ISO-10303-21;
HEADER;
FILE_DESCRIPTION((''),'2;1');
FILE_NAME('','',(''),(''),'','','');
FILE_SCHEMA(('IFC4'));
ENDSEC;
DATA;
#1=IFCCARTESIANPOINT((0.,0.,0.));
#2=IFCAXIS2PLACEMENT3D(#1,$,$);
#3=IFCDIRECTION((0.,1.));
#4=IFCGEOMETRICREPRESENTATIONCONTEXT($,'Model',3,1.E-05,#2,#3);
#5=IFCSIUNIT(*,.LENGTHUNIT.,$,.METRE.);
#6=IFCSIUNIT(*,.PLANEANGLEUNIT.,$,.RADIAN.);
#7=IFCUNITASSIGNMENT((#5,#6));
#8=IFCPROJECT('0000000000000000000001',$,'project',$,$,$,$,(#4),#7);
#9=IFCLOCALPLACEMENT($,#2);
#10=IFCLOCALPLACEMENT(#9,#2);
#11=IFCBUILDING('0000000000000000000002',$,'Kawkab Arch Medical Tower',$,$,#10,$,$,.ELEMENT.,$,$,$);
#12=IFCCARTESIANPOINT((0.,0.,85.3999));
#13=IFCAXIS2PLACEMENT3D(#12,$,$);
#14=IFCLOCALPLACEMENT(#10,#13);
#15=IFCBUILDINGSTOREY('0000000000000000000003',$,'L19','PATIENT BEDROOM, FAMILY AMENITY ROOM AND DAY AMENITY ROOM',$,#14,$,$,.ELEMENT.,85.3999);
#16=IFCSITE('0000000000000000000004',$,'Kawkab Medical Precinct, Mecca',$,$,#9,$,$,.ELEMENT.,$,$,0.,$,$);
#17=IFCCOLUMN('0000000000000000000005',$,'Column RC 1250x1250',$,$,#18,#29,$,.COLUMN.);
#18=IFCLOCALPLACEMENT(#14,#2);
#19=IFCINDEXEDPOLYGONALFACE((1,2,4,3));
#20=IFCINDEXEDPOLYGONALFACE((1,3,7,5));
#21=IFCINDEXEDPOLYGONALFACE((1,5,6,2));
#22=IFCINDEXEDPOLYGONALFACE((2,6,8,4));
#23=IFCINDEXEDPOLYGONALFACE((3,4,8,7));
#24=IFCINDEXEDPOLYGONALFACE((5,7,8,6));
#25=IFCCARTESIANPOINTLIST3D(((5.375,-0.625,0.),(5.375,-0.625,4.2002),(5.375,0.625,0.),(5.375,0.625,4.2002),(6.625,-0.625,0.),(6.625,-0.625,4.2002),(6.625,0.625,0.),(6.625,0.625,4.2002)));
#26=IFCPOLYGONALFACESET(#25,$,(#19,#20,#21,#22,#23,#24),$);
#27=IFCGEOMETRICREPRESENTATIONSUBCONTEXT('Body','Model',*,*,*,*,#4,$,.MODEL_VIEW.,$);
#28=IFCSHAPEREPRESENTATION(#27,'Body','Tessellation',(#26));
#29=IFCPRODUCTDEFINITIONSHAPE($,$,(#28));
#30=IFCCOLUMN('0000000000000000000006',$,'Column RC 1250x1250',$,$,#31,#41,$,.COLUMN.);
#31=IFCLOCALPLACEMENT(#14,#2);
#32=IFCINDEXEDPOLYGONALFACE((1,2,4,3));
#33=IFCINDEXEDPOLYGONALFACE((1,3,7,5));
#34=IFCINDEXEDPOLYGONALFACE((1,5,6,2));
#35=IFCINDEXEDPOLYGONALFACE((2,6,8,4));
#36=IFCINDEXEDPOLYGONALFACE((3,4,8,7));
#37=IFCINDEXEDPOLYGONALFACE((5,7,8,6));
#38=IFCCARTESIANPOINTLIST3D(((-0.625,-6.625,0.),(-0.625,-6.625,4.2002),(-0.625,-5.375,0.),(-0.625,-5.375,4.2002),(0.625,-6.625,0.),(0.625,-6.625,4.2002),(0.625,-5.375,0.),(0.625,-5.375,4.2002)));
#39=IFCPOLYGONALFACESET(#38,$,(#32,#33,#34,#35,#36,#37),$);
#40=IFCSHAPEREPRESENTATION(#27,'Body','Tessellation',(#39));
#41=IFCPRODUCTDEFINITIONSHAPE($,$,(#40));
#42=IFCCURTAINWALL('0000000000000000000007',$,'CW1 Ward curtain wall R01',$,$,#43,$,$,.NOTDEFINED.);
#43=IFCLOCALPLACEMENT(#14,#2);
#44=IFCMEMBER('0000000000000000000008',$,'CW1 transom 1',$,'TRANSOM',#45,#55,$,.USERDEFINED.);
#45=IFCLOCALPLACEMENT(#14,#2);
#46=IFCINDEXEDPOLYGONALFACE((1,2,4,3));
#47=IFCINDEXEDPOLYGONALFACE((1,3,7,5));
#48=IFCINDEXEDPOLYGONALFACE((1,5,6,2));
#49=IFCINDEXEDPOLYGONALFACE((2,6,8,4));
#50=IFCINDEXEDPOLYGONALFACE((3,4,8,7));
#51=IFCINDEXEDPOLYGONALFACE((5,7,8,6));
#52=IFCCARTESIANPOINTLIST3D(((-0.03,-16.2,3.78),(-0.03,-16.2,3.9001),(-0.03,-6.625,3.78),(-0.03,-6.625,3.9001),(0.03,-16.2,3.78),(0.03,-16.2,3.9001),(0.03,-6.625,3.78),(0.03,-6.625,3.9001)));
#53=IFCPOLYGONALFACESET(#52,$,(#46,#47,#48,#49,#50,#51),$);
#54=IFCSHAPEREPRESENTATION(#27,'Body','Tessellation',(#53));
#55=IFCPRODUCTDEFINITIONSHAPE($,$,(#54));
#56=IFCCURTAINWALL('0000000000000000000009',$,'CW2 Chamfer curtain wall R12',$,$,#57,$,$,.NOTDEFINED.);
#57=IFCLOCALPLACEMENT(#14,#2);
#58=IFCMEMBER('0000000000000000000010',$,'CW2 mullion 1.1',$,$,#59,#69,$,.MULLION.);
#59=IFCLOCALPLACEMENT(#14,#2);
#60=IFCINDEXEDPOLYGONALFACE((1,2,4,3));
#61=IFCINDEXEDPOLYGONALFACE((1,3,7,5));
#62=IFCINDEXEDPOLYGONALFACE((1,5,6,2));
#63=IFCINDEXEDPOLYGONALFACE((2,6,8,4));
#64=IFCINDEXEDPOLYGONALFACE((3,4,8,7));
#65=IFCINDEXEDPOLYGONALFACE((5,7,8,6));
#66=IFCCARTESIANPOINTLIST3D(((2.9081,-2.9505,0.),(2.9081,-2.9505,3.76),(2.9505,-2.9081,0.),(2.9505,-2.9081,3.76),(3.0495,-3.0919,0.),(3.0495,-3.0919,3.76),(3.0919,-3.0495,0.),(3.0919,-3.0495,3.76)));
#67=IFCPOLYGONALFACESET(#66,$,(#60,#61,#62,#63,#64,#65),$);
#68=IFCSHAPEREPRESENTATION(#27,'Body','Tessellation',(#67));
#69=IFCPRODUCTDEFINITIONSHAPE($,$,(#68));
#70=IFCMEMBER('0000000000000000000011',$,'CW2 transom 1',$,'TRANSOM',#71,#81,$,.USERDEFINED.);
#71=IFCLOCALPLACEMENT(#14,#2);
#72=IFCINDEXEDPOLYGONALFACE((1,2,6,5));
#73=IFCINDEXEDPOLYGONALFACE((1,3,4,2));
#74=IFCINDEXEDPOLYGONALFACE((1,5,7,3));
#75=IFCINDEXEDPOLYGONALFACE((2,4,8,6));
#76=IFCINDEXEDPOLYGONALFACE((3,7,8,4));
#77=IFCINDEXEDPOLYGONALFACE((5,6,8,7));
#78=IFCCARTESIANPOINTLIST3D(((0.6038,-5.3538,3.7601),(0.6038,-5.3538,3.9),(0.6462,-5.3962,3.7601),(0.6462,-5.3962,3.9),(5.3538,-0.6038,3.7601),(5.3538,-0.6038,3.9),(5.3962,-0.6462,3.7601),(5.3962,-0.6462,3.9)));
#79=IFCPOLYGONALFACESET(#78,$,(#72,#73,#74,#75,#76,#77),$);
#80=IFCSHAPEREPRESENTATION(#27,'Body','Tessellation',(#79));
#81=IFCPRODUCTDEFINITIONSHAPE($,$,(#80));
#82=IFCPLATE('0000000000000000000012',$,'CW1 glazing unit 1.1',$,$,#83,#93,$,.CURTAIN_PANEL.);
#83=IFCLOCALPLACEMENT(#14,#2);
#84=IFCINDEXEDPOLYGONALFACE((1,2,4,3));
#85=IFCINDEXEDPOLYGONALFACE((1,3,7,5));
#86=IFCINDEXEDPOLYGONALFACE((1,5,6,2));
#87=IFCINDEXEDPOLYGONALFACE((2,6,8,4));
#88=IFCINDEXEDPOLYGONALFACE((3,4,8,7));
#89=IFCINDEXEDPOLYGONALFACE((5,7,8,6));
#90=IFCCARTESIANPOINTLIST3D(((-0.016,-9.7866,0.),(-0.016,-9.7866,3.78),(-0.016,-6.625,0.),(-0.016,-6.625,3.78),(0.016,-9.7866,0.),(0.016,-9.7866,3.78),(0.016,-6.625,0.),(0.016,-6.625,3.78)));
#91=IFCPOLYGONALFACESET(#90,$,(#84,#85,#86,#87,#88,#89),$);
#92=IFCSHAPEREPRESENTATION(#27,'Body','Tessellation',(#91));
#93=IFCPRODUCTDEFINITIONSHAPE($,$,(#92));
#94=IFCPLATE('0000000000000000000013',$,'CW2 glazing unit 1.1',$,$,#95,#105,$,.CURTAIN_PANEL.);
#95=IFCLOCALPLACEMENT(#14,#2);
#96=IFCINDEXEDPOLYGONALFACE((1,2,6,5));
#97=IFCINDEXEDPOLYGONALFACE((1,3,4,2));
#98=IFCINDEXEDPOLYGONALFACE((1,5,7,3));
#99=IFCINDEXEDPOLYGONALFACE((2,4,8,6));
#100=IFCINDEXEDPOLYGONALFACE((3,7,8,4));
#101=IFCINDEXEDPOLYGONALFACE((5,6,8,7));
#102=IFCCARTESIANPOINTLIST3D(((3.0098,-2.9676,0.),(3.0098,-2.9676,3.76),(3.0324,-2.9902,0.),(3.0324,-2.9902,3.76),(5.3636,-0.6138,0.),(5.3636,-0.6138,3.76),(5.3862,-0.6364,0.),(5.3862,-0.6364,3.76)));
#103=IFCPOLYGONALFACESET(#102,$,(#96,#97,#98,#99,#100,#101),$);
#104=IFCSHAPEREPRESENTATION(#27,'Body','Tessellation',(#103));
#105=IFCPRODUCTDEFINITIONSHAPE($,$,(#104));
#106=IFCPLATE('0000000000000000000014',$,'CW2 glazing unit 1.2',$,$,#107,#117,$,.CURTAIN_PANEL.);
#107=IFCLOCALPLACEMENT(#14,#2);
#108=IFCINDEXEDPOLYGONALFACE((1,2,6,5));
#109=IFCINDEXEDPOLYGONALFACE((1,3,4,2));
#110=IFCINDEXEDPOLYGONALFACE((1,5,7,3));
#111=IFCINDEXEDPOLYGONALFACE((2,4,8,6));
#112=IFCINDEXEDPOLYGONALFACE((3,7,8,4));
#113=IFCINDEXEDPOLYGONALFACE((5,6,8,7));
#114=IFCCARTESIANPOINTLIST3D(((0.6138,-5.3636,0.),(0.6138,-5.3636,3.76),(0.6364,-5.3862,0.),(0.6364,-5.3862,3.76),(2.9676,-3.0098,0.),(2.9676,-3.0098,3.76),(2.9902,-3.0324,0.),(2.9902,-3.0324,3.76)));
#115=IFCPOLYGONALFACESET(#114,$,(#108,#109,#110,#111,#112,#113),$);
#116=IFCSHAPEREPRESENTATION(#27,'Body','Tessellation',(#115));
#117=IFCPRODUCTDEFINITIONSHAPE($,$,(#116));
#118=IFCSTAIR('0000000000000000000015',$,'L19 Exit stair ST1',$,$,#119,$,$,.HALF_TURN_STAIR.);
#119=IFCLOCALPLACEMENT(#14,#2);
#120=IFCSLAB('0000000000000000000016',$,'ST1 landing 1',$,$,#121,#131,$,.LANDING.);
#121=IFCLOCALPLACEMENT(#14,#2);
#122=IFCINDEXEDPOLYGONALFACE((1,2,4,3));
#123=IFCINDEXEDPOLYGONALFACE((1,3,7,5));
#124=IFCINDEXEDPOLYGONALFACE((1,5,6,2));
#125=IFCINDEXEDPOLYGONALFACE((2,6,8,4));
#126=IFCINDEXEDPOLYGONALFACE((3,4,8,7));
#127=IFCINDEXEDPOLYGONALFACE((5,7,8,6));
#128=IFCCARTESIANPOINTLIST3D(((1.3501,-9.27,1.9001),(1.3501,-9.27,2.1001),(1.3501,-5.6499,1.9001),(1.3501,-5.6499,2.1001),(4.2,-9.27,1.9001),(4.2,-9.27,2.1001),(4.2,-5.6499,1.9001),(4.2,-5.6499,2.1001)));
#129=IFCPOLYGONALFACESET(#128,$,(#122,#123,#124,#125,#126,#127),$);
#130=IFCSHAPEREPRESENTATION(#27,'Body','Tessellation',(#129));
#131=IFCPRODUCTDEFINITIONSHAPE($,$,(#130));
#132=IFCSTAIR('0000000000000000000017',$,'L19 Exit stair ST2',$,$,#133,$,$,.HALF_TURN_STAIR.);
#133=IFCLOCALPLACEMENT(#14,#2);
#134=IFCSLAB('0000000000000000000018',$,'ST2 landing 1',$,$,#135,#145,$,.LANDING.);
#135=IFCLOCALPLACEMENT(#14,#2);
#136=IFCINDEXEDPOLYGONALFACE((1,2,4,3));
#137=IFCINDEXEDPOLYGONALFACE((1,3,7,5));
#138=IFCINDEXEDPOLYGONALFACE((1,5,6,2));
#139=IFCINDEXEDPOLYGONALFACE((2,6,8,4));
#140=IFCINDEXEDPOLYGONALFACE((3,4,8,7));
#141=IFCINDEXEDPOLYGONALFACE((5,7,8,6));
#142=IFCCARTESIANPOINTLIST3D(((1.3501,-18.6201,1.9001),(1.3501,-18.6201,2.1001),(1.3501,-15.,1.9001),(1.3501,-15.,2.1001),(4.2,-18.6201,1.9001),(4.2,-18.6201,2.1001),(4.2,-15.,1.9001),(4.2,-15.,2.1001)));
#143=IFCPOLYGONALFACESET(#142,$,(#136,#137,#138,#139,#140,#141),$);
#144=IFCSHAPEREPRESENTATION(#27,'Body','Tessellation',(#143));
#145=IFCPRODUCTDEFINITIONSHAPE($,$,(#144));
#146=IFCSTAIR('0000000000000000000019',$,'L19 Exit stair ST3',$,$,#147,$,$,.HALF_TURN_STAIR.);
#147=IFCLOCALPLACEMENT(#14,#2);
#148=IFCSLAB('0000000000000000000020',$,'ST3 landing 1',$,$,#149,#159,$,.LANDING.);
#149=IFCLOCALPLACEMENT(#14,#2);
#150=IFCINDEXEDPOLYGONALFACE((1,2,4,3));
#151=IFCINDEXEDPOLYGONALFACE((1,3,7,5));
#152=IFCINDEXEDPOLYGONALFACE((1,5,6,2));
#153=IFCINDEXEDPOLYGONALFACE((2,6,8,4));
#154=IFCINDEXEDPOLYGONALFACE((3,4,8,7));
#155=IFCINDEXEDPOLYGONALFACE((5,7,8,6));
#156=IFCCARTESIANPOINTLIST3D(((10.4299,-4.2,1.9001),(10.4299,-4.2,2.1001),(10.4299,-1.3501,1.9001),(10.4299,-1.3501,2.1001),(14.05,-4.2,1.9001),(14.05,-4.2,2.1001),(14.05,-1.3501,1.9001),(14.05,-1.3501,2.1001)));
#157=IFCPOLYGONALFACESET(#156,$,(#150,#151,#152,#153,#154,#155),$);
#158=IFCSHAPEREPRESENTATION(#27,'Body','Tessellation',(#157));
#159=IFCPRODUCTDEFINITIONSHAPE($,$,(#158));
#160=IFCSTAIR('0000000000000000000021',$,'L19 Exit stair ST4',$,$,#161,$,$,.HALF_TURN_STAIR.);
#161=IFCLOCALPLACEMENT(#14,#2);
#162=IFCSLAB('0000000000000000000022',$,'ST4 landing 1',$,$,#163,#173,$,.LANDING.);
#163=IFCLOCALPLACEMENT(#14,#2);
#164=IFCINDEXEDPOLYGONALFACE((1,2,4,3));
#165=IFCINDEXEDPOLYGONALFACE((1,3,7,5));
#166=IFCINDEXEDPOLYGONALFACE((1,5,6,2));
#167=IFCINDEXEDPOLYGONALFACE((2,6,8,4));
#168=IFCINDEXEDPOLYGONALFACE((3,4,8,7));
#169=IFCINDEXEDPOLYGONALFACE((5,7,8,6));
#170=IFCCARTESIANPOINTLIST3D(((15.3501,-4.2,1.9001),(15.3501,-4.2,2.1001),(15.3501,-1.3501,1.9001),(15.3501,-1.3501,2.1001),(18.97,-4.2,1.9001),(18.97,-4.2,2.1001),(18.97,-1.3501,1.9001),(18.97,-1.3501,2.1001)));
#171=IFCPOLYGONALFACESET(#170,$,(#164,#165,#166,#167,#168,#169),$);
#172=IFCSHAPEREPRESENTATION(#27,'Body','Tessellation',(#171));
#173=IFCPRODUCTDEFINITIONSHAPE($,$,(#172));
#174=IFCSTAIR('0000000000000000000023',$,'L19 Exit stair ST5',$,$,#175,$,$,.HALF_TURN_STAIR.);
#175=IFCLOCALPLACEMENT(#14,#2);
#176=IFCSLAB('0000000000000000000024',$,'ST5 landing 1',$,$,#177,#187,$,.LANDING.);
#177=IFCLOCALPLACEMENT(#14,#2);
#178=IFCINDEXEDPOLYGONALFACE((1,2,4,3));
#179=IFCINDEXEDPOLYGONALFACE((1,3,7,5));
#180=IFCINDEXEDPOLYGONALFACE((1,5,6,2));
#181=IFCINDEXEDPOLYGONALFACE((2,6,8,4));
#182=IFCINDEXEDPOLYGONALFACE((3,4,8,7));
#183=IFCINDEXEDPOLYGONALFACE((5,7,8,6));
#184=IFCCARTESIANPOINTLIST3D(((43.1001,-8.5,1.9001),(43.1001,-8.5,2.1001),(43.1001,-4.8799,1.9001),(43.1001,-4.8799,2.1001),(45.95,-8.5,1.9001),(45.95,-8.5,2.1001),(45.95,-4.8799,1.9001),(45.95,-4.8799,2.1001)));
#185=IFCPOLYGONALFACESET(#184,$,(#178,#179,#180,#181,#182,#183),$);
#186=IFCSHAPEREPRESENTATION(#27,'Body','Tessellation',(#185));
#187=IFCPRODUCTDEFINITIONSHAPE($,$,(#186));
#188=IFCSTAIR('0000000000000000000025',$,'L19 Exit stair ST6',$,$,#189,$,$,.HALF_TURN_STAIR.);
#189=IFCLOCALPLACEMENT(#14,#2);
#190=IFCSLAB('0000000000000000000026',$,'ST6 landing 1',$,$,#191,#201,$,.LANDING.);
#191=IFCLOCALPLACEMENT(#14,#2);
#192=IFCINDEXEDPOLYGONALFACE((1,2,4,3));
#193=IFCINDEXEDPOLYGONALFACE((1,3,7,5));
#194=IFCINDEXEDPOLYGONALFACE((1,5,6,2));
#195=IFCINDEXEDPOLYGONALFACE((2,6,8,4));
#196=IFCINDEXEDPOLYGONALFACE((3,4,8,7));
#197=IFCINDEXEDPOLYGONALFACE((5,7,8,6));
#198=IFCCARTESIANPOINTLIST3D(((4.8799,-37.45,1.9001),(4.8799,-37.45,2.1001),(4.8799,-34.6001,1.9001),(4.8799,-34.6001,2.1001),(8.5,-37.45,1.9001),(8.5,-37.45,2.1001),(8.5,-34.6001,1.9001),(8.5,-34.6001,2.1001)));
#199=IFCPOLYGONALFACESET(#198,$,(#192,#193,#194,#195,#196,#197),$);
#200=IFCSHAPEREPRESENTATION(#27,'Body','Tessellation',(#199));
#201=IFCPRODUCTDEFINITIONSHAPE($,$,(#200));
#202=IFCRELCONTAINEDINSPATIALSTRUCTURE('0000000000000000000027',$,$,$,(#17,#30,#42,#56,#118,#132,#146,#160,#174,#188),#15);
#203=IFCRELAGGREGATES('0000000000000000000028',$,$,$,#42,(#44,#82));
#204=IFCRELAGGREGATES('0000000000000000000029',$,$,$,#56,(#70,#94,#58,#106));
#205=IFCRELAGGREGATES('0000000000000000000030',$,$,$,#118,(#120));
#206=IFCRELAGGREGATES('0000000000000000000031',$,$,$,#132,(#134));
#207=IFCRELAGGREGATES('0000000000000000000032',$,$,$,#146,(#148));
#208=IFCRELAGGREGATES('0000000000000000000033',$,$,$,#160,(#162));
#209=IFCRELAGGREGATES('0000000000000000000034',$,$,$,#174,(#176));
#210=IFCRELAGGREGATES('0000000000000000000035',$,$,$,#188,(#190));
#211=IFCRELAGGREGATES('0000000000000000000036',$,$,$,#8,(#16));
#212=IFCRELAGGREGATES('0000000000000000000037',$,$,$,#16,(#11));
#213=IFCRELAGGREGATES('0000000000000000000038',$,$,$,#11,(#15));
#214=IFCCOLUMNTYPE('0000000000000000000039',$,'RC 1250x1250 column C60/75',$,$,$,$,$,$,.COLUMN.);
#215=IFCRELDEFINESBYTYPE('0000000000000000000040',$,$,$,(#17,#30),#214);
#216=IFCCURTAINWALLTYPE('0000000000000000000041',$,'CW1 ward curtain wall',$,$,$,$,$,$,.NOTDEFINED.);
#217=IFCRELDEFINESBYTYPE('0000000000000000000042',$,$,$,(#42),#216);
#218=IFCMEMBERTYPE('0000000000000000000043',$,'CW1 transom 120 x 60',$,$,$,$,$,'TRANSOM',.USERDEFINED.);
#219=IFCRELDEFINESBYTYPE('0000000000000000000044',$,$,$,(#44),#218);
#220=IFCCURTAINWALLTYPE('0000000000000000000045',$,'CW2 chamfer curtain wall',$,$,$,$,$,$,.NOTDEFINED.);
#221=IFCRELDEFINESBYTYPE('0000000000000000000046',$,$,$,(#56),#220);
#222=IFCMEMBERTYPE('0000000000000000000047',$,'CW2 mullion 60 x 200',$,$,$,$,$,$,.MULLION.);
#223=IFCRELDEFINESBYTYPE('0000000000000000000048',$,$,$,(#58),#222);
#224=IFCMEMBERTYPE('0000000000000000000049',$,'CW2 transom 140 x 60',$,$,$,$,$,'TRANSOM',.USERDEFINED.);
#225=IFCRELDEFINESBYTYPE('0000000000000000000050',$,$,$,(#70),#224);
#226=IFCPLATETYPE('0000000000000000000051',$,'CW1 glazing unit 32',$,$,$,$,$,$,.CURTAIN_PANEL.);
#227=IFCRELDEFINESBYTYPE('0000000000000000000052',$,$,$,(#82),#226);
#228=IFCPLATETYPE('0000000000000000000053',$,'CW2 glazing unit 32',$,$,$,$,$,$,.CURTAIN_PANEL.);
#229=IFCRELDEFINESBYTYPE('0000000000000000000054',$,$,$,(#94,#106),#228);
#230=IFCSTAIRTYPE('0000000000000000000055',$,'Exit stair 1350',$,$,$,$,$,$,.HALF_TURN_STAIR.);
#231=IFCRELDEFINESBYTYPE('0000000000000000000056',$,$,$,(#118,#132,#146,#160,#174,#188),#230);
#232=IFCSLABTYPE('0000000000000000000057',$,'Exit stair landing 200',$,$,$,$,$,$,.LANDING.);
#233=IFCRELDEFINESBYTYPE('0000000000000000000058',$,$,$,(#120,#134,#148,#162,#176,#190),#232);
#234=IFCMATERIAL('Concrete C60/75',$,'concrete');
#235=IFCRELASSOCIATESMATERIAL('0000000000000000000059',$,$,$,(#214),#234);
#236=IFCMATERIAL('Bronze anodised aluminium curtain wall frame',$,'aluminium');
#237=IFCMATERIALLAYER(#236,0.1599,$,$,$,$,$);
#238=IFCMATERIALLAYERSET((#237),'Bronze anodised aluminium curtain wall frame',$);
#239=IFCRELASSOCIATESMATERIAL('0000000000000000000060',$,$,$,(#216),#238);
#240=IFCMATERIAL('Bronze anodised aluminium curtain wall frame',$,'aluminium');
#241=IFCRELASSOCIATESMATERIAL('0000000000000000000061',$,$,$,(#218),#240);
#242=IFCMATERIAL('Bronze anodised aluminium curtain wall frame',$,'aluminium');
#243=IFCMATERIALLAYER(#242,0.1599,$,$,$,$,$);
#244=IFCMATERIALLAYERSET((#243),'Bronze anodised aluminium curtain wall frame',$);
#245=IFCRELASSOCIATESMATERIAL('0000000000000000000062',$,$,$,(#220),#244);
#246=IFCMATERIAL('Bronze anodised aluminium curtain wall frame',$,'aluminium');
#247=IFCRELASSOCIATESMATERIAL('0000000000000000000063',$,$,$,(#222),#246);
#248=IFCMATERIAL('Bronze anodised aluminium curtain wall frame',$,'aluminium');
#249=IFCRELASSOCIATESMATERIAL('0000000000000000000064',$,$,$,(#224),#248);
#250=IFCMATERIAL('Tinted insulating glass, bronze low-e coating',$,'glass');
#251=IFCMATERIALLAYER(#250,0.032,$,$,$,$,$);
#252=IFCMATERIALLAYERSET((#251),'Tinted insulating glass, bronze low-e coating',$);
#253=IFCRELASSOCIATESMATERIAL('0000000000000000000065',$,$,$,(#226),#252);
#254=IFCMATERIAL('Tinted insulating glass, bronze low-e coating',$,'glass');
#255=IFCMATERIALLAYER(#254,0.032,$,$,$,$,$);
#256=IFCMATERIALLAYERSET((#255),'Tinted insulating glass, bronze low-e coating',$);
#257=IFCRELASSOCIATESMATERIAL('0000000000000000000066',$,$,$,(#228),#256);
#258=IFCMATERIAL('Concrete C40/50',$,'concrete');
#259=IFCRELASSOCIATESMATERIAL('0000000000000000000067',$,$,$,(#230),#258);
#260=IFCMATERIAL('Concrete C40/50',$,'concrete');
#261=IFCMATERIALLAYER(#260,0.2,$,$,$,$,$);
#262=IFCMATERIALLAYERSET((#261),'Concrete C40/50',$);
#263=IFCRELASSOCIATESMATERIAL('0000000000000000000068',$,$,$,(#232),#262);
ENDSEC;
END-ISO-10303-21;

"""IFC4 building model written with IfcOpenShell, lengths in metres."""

from ifc_helpers import new_model, si_unit, direction, frame, origin, origin_2d, place, context, subcontext, project, spatial, polyline, rectangle, outline, extrude, material, layer, layer_set, material_profile, profile_set, type_object, element, aggregate, save


model = new_model("IFC4")

# Units and contexts
model_context = context("Model", 3, precision=1e-05, world=origin(), true_north=direction((0.0, 1.0)))
body_context = subcontext(model_context, "Body", "Model", "MODEL_VIEW")
ifc_project = project(units=[si_unit("LENGTHUNIT", "METRE"), si_unit("PLANEANGLEUNIT", "RADIAN")], contexts=[model_context])

# Site, building, storey
site_placement = place(None, origin())
site = spatial("IfcSite", under=ifc_project, at=site_placement, Name="Kawkab Medical Precinct, Mecca", CompositionType="ELEMENT", RefElevation=0.0)
building_placement = place(site_placement, origin())
building = spatial("IfcBuilding", under=site, at=building_placement, Name="Kawkab Arch Medical Tower", CompositionType="ELEMENT")
storey_placement = place(building_placement, frame((0.0, 0.0, 85.3999)))
storey = spatial("IfcBuildingStorey", under=building, at=storey_placement, Name="L19", Description="PATIENT BEDROOM, FAMILY AMENITY ROOM AND DAY AMENITY ROOM", CompositionType="ELEMENT", Elevation=85.3999)

# Columns
ifc_material_1 = material(Name="Concrete C60/75", Category="concrete")
ifc_material_profile_1 = material_profile(ifc_material_1, rectangle(XDim=1.25, YDim=1.25, at=origin_2d()), Name="RC 1250x1250")
ifc_profile_set_1 = profile_set([ifc_material_profile_1], Name="Concrete C60/75")
column_type = type_object("IfcColumnType", Name="RC 1250x1250 column C60/75", PredefinedType="COLUMN", material=ifc_profile_set_1)
for number, where, z_axis, x_axis, name in (
    (1, (6.0, 0.0, 0.0), (0.0, 0.0, 1.0), (1.0, 0.0, 0.0), "Column RC 1250x1250"),
    (2, (0.0, -6.0, 0.0), (0.0, 0.0, 1.0), (1.0, 0.0, 0.0), "Column RC 1250x1250"),
):
    element("IfcColumn", number, at=place(storey_placement, frame(where, z_axis=z_axis, x_axis=x_axis)), inside=storey, type_object=column_type, Name=name, PredefinedType="COLUMN", context=body_context, shape_type="SweptSolid", body=[
        extrude(rectangle(XDim=1.25, YDim=1.25, at=origin_2d()), origin(), (0.0, 0.0, 1.0), 4.2002),
    ])

# Curtain wall, member
ifc_material_2 = material(Name="Bronze anodised aluminium curtain wall frame", Category="aluminium")
ifc_layer_1 = layer(ifc_material_2, 0.1599)
ifc_layer_set_1 = layer_set([ifc_layer_1], Name="Bronze anodised aluminium curtain wall frame")
curtain_wall_type_1 = type_object("IfcCurtainWallType", Name="CW1 ward curtain wall", PredefinedType="NOTDEFINED", material=ifc_layer_set_1)
placement_1 = place(storey_placement, origin())
curtain_wall_1 = element("IfcCurtainWall", 3, at=placement_1, inside=storey, type_object=curtain_wall_type_1, Name="CW1 Ward curtain wall R01", PredefinedType="NOTDEFINED")
ifc_material_3 = material(Name="Bronze anodised aluminium curtain wall frame", Category="aluminium")
ifc_material_profile_2 = material_profile(ifc_material_3, rectangle(XDim=0.0601, YDim=0.1201, at=origin_2d()), Name="AL 60x120")
ifc_profile_set_2 = profile_set([ifc_material_profile_2], Name="Bronze anodised aluminium curtain wall frame")
member_type_1 = type_object("IfcMemberType", Name="CW1 transom 120 x 60", ElementType="TRANSOM", PredefinedType="USERDEFINED", material=ifc_profile_set_2)
member_1_placement = place(storey_placement, frame((0.0, -6.625, 3.8401), z_axis=(0.0, -1.0, 0.0), x_axis=(1.0, 0.0, 0.0)))
member_1 = element("IfcMember", 4, at=member_1_placement, type_object=member_type_1, Name="CW1 transom 1", ObjectType="TRANSOM", PredefinedType="USERDEFINED", context=body_context, shape_type="SweptSolid", body=[
    extrude(rectangle(XDim=0.0601, YDim=0.1201, at=origin_2d()), origin(), (0.0, 0.0, 1.0), 9.575),
])

# Curtain wall, members
ifc_material_4 = material(Name="Bronze anodised aluminium curtain wall frame", Category="aluminium")
ifc_layer_2 = layer(ifc_material_4, 0.1599)
ifc_layer_set_2 = layer_set([ifc_layer_2], Name="Bronze anodised aluminium curtain wall frame")
curtain_wall_type_2 = type_object("IfcCurtainWallType", Name="CW2 chamfer curtain wall", PredefinedType="NOTDEFINED", material=ifc_layer_set_2)
curtain_wall_2 = element("IfcCurtainWall", 5, at=placement_1, inside=storey, type_object=curtain_wall_type_2, Name="CW2 Chamfer curtain wall R12", PredefinedType="NOTDEFINED")
ifc_material_5 = material(Name="Bronze anodised aluminium curtain wall frame", Category="aluminium")
ifc_material_profile_3 = material_profile(ifc_material_5, rectangle(XDim=0.2, YDim=0.0601, at=origin_2d()), Name="AL 60x200")
ifc_profile_set_3 = profile_set([ifc_material_profile_3], Name="Bronze anodised aluminium curtain wall frame")
member_type_2 = type_object("IfcMemberType", Name="CW2 mullion 60 x 200", PredefinedType="MULLION", material=ifc_profile_set_3)
member_2_placement = place(storey_placement, frame((3.0, -3.0, 0.0), z_axis=(0.0, 0.0, 1.0), x_axis=(0.707107, -0.707107, 0.0)))
member_2 = element("IfcMember", 6, at=member_2_placement, type_object=member_type_2, Name="CW2 mullion 1.1", PredefinedType="MULLION", context=body_context, shape_type="SweptSolid", body=[
    extrude(rectangle(XDim=0.2, YDim=0.0601, at=origin_2d()), origin(), (0.0, 0.0, 1.0), 3.76),
])
ifc_material_6 = material(Name="Bronze anodised aluminium curtain wall frame", Category="aluminium")
ifc_material_profile_4 = material_profile(ifc_material_6, rectangle(XDim=0.0601, YDim=0.1399, at=origin_2d()), Name="AL 60x140")
ifc_profile_set_4 = profile_set([ifc_material_profile_4], Name="Bronze anodised aluminium curtain wall frame")
member_type_3 = type_object("IfcMemberType", Name="CW2 transom 140 x 60", ElementType="TRANSOM", PredefinedType="USERDEFINED", material=ifc_profile_set_4)
member_3_placement = place(storey_placement, frame((5.375, -0.625, 3.8301), z_axis=(-0.707107, -0.707107, 0.0), x_axis=(0.707107, -0.707107, 0.0)))
member_3 = element("IfcMember", 7, at=member_3_placement, type_object=member_type_3, Name="CW2 transom 1", ObjectType="TRANSOM", PredefinedType="USERDEFINED", context=body_context, shape_type="SweptSolid", body=[
    extrude(rectangle(XDim=0.0601, YDim=0.1399, at=origin_2d()), origin(), (0.0, 0.0, 1.0), 6.7175),
])

# Plates
ifc_material_7 = material(Name="Tinted insulating glass, bronze low-e coating", Category="glass")
ifc_layer_3 = layer(ifc_material_7, 0.032)
ifc_layer_set_3 = layer_set([ifc_layer_3], Name="Tinted insulating glass, bronze low-e coating")
plate_type_1 = type_object("IfcPlateType", Name="CW1 glazing unit 32", PredefinedType="CURTAIN_PANEL", material=ifc_layer_set_3)
plate_1_placement = place(storey_placement, frame((0.0, -8.2058, 0.0), z_axis=(0.0, 0.0, 1.0), x_axis=(0.0, -1.0, 0.0)))
plate_1 = element("IfcPlate", 8, at=plate_1_placement, type_object=plate_type_1, Name="CW1 glazing unit 1.1", PredefinedType="CURTAIN_PANEL", context=body_context, shape_type="SweptSolid", body=[
    extrude(rectangle(XDim=3.1616, YDim=0.032, at=origin_2d()), origin(), (0.0, 0.0, 1.0), 3.78),
])
aggregate(curtain_wall_1, [member_1, plate_1])
ifc_material_8 = material(Name="Tinted insulating glass, bronze low-e coating", Category="glass")
ifc_layer_4 = layer(ifc_material_8, 0.032)
ifc_layer_set_4 = layer_set([ifc_layer_4], Name="Tinted insulating glass, bronze low-e coating")
plate_type_2 = type_object("IfcPlateType", Name="CW2 glazing unit 32", PredefinedType="CURTAIN_PANEL", material=ifc_layer_set_4)
plate_2_placement = place(storey_placement, frame((4.198, -1.802, 0.0), z_axis=(0.0, 0.0, 1.0), x_axis=(-0.707107, -0.707107, 0.0)))
plate_2 = element("IfcPlate", 9, at=plate_2_placement, type_object=plate_type_2, Name="CW2 glazing unit 1.1", PredefinedType="CURTAIN_PANEL", context=body_context, shape_type="SweptSolid", body=[
    extrude(rectangle(XDim=3.3289, YDim=0.032, at=origin_2d()), origin(), (0.0, 0.0, 1.0), 3.76),
])
plate_3_placement = place(storey_placement, frame((1.802, -4.198, 0.0), z_axis=(0.0, 0.0, 1.0), x_axis=(-0.707107, -0.707107, 0.0)))
plate_3 = element("IfcPlate", 10, at=plate_3_placement, type_object=plate_type_2, Name="CW2 glazing unit 1.2", PredefinedType="CURTAIN_PANEL", context=body_context, shape_type="SweptSolid", body=[
    extrude(rectangle(XDim=3.3289, YDim=0.032, at=origin_2d()), origin(), (0.0, 0.0, 1.0), 3.76),
])
aggregate(curtain_wall_2, [member_3, plate_2, member_2, plate_3])

# Stairs, slabs
ifc_material_9 = material(Name="Concrete C40/50", Category="concrete")
stair_type = type_object("IfcStairType", Name="Exit stair 1350", PredefinedType="HALF_TURN_STAIR", material=ifc_material_9)
stair_1 = element("IfcStair", 11, at=placement_1, inside=storey, type_object=stair_type, Name="L19 Exit stair ST1", PredefinedType="HALF_TURN_STAIR")
ifc_material_10 = material(Name="Concrete C40/50", Category="concrete")
ifc_layer_5 = layer(ifc_material_10, 0.2)
ifc_layer_set_5 = layer_set([ifc_layer_5], Name="Concrete C40/50")
slab_type_1 = type_object("IfcSlabType", Name="Exit stair landing 200", PredefinedType="LANDING", material=ifc_layer_set_5)
placement_2 = place(storey_placement, frame((0.0, 0.0, 1.9001)))
slab_1 = element("IfcSlab", 12, at=placement_2, type_object=slab_type_1, Name="ST1 landing 1", PredefinedType="LANDING", context=body_context, shape_type="SweptSolid", body=[
    extrude(outline(polyline([(4.2, -9.27), (4.2, -5.6499), (1.3501, -5.6499), (1.3501, -9.27), (4.2, -9.27)])), origin(), (0.0, 0.0, 1.0), 0.2),
])
aggregate(stair_1, [slab_1])
stair_2 = element("IfcStair", 13, at=placement_1, inside=storey, type_object=stair_type, Name="L19 Exit stair ST2", PredefinedType="HALF_TURN_STAIR")
slab_2 = element("IfcSlab", 14, at=placement_2, type_object=slab_type_1, Name="ST2 landing 1", PredefinedType="LANDING", context=body_context, shape_type="SweptSolid", body=[
    extrude(outline(polyline([(4.2, -18.6201), (4.2, -15.0), (1.3501, -15.0), (1.3501, -18.6201), (4.2, -18.6201)])), origin(), (0.0, 0.0, 1.0), 0.2),
])
aggregate(stair_2, [slab_2])
stair_3 = element("IfcStair", 15, at=placement_1, inside=storey, type_object=stair_type, Name="L19 Exit stair ST3", PredefinedType="HALF_TURN_STAIR")
slab_3 = element("IfcSlab", 16, at=placement_2, type_object=slab_type_1, Name="ST3 landing 1", PredefinedType="LANDING", context=body_context, shape_type="SweptSolid", body=[
    extrude(outline(polyline([(10.4299, -4.2), (14.05, -4.2), (14.05, -1.3501), (10.4299, -1.3501), (10.4299, -4.2)])), origin(), (0.0, 0.0, 1.0), 0.2),
])
aggregate(stair_3, [slab_3])
stair_4 = element("IfcStair", 17, at=placement_1, inside=storey, type_object=stair_type, Name="L19 Exit stair ST4", PredefinedType="HALF_TURN_STAIR")
slab_4 = element("IfcSlab", 18, at=placement_2, type_object=slab_type_1, Name="ST4 landing 1", PredefinedType="LANDING", context=body_context, shape_type="SweptSolid", body=[
    extrude(outline(polyline([(18.97, -1.3501), (15.3501, -1.3501), (15.3501, -4.2), (18.97, -4.2), (18.97, -1.3501)])), origin(), (0.0, 0.0, 1.0), 0.2),
])
aggregate(stair_4, [slab_4])
stair_5 = element("IfcStair", 19, at=placement_1, inside=storey, type_object=stair_type, Name="L19 Exit stair ST5", PredefinedType="HALF_TURN_STAIR")
slab_5 = element("IfcSlab", 20, at=placement_2, type_object=slab_type_1, Name="ST5 landing 1", PredefinedType="LANDING", context=body_context, shape_type="SweptSolid", body=[
    extrude(outline(polyline([(43.1001, -4.8799), (43.1001, -8.5), (45.95, -8.5), (45.95, -4.8799), (43.1001, -4.8799)])), origin(), (0.0, 0.0, 1.0), 0.2),
])
aggregate(stair_5, [slab_5])
stair_6 = element("IfcStair", 21, at=placement_1, inside=storey, type_object=stair_type, Name="L19 Exit stair ST6", PredefinedType="HALF_TURN_STAIR")
slab_6 = element("IfcSlab", 22, at=placement_2, type_object=slab_type_1, Name="ST6 landing 1", PredefinedType="LANDING", context=body_context, shape_type="SweptSolid", body=[
    extrude(outline(polyline([(4.8799, -37.45), (8.5, -37.45), (8.5, -34.6001), (4.8799, -34.6001), (4.8799, -37.45)])), origin(), (0.0, 0.0, 1.0), 0.2),
])
aggregate(stair_6, [slab_6])

save(model, "model.ifc")
